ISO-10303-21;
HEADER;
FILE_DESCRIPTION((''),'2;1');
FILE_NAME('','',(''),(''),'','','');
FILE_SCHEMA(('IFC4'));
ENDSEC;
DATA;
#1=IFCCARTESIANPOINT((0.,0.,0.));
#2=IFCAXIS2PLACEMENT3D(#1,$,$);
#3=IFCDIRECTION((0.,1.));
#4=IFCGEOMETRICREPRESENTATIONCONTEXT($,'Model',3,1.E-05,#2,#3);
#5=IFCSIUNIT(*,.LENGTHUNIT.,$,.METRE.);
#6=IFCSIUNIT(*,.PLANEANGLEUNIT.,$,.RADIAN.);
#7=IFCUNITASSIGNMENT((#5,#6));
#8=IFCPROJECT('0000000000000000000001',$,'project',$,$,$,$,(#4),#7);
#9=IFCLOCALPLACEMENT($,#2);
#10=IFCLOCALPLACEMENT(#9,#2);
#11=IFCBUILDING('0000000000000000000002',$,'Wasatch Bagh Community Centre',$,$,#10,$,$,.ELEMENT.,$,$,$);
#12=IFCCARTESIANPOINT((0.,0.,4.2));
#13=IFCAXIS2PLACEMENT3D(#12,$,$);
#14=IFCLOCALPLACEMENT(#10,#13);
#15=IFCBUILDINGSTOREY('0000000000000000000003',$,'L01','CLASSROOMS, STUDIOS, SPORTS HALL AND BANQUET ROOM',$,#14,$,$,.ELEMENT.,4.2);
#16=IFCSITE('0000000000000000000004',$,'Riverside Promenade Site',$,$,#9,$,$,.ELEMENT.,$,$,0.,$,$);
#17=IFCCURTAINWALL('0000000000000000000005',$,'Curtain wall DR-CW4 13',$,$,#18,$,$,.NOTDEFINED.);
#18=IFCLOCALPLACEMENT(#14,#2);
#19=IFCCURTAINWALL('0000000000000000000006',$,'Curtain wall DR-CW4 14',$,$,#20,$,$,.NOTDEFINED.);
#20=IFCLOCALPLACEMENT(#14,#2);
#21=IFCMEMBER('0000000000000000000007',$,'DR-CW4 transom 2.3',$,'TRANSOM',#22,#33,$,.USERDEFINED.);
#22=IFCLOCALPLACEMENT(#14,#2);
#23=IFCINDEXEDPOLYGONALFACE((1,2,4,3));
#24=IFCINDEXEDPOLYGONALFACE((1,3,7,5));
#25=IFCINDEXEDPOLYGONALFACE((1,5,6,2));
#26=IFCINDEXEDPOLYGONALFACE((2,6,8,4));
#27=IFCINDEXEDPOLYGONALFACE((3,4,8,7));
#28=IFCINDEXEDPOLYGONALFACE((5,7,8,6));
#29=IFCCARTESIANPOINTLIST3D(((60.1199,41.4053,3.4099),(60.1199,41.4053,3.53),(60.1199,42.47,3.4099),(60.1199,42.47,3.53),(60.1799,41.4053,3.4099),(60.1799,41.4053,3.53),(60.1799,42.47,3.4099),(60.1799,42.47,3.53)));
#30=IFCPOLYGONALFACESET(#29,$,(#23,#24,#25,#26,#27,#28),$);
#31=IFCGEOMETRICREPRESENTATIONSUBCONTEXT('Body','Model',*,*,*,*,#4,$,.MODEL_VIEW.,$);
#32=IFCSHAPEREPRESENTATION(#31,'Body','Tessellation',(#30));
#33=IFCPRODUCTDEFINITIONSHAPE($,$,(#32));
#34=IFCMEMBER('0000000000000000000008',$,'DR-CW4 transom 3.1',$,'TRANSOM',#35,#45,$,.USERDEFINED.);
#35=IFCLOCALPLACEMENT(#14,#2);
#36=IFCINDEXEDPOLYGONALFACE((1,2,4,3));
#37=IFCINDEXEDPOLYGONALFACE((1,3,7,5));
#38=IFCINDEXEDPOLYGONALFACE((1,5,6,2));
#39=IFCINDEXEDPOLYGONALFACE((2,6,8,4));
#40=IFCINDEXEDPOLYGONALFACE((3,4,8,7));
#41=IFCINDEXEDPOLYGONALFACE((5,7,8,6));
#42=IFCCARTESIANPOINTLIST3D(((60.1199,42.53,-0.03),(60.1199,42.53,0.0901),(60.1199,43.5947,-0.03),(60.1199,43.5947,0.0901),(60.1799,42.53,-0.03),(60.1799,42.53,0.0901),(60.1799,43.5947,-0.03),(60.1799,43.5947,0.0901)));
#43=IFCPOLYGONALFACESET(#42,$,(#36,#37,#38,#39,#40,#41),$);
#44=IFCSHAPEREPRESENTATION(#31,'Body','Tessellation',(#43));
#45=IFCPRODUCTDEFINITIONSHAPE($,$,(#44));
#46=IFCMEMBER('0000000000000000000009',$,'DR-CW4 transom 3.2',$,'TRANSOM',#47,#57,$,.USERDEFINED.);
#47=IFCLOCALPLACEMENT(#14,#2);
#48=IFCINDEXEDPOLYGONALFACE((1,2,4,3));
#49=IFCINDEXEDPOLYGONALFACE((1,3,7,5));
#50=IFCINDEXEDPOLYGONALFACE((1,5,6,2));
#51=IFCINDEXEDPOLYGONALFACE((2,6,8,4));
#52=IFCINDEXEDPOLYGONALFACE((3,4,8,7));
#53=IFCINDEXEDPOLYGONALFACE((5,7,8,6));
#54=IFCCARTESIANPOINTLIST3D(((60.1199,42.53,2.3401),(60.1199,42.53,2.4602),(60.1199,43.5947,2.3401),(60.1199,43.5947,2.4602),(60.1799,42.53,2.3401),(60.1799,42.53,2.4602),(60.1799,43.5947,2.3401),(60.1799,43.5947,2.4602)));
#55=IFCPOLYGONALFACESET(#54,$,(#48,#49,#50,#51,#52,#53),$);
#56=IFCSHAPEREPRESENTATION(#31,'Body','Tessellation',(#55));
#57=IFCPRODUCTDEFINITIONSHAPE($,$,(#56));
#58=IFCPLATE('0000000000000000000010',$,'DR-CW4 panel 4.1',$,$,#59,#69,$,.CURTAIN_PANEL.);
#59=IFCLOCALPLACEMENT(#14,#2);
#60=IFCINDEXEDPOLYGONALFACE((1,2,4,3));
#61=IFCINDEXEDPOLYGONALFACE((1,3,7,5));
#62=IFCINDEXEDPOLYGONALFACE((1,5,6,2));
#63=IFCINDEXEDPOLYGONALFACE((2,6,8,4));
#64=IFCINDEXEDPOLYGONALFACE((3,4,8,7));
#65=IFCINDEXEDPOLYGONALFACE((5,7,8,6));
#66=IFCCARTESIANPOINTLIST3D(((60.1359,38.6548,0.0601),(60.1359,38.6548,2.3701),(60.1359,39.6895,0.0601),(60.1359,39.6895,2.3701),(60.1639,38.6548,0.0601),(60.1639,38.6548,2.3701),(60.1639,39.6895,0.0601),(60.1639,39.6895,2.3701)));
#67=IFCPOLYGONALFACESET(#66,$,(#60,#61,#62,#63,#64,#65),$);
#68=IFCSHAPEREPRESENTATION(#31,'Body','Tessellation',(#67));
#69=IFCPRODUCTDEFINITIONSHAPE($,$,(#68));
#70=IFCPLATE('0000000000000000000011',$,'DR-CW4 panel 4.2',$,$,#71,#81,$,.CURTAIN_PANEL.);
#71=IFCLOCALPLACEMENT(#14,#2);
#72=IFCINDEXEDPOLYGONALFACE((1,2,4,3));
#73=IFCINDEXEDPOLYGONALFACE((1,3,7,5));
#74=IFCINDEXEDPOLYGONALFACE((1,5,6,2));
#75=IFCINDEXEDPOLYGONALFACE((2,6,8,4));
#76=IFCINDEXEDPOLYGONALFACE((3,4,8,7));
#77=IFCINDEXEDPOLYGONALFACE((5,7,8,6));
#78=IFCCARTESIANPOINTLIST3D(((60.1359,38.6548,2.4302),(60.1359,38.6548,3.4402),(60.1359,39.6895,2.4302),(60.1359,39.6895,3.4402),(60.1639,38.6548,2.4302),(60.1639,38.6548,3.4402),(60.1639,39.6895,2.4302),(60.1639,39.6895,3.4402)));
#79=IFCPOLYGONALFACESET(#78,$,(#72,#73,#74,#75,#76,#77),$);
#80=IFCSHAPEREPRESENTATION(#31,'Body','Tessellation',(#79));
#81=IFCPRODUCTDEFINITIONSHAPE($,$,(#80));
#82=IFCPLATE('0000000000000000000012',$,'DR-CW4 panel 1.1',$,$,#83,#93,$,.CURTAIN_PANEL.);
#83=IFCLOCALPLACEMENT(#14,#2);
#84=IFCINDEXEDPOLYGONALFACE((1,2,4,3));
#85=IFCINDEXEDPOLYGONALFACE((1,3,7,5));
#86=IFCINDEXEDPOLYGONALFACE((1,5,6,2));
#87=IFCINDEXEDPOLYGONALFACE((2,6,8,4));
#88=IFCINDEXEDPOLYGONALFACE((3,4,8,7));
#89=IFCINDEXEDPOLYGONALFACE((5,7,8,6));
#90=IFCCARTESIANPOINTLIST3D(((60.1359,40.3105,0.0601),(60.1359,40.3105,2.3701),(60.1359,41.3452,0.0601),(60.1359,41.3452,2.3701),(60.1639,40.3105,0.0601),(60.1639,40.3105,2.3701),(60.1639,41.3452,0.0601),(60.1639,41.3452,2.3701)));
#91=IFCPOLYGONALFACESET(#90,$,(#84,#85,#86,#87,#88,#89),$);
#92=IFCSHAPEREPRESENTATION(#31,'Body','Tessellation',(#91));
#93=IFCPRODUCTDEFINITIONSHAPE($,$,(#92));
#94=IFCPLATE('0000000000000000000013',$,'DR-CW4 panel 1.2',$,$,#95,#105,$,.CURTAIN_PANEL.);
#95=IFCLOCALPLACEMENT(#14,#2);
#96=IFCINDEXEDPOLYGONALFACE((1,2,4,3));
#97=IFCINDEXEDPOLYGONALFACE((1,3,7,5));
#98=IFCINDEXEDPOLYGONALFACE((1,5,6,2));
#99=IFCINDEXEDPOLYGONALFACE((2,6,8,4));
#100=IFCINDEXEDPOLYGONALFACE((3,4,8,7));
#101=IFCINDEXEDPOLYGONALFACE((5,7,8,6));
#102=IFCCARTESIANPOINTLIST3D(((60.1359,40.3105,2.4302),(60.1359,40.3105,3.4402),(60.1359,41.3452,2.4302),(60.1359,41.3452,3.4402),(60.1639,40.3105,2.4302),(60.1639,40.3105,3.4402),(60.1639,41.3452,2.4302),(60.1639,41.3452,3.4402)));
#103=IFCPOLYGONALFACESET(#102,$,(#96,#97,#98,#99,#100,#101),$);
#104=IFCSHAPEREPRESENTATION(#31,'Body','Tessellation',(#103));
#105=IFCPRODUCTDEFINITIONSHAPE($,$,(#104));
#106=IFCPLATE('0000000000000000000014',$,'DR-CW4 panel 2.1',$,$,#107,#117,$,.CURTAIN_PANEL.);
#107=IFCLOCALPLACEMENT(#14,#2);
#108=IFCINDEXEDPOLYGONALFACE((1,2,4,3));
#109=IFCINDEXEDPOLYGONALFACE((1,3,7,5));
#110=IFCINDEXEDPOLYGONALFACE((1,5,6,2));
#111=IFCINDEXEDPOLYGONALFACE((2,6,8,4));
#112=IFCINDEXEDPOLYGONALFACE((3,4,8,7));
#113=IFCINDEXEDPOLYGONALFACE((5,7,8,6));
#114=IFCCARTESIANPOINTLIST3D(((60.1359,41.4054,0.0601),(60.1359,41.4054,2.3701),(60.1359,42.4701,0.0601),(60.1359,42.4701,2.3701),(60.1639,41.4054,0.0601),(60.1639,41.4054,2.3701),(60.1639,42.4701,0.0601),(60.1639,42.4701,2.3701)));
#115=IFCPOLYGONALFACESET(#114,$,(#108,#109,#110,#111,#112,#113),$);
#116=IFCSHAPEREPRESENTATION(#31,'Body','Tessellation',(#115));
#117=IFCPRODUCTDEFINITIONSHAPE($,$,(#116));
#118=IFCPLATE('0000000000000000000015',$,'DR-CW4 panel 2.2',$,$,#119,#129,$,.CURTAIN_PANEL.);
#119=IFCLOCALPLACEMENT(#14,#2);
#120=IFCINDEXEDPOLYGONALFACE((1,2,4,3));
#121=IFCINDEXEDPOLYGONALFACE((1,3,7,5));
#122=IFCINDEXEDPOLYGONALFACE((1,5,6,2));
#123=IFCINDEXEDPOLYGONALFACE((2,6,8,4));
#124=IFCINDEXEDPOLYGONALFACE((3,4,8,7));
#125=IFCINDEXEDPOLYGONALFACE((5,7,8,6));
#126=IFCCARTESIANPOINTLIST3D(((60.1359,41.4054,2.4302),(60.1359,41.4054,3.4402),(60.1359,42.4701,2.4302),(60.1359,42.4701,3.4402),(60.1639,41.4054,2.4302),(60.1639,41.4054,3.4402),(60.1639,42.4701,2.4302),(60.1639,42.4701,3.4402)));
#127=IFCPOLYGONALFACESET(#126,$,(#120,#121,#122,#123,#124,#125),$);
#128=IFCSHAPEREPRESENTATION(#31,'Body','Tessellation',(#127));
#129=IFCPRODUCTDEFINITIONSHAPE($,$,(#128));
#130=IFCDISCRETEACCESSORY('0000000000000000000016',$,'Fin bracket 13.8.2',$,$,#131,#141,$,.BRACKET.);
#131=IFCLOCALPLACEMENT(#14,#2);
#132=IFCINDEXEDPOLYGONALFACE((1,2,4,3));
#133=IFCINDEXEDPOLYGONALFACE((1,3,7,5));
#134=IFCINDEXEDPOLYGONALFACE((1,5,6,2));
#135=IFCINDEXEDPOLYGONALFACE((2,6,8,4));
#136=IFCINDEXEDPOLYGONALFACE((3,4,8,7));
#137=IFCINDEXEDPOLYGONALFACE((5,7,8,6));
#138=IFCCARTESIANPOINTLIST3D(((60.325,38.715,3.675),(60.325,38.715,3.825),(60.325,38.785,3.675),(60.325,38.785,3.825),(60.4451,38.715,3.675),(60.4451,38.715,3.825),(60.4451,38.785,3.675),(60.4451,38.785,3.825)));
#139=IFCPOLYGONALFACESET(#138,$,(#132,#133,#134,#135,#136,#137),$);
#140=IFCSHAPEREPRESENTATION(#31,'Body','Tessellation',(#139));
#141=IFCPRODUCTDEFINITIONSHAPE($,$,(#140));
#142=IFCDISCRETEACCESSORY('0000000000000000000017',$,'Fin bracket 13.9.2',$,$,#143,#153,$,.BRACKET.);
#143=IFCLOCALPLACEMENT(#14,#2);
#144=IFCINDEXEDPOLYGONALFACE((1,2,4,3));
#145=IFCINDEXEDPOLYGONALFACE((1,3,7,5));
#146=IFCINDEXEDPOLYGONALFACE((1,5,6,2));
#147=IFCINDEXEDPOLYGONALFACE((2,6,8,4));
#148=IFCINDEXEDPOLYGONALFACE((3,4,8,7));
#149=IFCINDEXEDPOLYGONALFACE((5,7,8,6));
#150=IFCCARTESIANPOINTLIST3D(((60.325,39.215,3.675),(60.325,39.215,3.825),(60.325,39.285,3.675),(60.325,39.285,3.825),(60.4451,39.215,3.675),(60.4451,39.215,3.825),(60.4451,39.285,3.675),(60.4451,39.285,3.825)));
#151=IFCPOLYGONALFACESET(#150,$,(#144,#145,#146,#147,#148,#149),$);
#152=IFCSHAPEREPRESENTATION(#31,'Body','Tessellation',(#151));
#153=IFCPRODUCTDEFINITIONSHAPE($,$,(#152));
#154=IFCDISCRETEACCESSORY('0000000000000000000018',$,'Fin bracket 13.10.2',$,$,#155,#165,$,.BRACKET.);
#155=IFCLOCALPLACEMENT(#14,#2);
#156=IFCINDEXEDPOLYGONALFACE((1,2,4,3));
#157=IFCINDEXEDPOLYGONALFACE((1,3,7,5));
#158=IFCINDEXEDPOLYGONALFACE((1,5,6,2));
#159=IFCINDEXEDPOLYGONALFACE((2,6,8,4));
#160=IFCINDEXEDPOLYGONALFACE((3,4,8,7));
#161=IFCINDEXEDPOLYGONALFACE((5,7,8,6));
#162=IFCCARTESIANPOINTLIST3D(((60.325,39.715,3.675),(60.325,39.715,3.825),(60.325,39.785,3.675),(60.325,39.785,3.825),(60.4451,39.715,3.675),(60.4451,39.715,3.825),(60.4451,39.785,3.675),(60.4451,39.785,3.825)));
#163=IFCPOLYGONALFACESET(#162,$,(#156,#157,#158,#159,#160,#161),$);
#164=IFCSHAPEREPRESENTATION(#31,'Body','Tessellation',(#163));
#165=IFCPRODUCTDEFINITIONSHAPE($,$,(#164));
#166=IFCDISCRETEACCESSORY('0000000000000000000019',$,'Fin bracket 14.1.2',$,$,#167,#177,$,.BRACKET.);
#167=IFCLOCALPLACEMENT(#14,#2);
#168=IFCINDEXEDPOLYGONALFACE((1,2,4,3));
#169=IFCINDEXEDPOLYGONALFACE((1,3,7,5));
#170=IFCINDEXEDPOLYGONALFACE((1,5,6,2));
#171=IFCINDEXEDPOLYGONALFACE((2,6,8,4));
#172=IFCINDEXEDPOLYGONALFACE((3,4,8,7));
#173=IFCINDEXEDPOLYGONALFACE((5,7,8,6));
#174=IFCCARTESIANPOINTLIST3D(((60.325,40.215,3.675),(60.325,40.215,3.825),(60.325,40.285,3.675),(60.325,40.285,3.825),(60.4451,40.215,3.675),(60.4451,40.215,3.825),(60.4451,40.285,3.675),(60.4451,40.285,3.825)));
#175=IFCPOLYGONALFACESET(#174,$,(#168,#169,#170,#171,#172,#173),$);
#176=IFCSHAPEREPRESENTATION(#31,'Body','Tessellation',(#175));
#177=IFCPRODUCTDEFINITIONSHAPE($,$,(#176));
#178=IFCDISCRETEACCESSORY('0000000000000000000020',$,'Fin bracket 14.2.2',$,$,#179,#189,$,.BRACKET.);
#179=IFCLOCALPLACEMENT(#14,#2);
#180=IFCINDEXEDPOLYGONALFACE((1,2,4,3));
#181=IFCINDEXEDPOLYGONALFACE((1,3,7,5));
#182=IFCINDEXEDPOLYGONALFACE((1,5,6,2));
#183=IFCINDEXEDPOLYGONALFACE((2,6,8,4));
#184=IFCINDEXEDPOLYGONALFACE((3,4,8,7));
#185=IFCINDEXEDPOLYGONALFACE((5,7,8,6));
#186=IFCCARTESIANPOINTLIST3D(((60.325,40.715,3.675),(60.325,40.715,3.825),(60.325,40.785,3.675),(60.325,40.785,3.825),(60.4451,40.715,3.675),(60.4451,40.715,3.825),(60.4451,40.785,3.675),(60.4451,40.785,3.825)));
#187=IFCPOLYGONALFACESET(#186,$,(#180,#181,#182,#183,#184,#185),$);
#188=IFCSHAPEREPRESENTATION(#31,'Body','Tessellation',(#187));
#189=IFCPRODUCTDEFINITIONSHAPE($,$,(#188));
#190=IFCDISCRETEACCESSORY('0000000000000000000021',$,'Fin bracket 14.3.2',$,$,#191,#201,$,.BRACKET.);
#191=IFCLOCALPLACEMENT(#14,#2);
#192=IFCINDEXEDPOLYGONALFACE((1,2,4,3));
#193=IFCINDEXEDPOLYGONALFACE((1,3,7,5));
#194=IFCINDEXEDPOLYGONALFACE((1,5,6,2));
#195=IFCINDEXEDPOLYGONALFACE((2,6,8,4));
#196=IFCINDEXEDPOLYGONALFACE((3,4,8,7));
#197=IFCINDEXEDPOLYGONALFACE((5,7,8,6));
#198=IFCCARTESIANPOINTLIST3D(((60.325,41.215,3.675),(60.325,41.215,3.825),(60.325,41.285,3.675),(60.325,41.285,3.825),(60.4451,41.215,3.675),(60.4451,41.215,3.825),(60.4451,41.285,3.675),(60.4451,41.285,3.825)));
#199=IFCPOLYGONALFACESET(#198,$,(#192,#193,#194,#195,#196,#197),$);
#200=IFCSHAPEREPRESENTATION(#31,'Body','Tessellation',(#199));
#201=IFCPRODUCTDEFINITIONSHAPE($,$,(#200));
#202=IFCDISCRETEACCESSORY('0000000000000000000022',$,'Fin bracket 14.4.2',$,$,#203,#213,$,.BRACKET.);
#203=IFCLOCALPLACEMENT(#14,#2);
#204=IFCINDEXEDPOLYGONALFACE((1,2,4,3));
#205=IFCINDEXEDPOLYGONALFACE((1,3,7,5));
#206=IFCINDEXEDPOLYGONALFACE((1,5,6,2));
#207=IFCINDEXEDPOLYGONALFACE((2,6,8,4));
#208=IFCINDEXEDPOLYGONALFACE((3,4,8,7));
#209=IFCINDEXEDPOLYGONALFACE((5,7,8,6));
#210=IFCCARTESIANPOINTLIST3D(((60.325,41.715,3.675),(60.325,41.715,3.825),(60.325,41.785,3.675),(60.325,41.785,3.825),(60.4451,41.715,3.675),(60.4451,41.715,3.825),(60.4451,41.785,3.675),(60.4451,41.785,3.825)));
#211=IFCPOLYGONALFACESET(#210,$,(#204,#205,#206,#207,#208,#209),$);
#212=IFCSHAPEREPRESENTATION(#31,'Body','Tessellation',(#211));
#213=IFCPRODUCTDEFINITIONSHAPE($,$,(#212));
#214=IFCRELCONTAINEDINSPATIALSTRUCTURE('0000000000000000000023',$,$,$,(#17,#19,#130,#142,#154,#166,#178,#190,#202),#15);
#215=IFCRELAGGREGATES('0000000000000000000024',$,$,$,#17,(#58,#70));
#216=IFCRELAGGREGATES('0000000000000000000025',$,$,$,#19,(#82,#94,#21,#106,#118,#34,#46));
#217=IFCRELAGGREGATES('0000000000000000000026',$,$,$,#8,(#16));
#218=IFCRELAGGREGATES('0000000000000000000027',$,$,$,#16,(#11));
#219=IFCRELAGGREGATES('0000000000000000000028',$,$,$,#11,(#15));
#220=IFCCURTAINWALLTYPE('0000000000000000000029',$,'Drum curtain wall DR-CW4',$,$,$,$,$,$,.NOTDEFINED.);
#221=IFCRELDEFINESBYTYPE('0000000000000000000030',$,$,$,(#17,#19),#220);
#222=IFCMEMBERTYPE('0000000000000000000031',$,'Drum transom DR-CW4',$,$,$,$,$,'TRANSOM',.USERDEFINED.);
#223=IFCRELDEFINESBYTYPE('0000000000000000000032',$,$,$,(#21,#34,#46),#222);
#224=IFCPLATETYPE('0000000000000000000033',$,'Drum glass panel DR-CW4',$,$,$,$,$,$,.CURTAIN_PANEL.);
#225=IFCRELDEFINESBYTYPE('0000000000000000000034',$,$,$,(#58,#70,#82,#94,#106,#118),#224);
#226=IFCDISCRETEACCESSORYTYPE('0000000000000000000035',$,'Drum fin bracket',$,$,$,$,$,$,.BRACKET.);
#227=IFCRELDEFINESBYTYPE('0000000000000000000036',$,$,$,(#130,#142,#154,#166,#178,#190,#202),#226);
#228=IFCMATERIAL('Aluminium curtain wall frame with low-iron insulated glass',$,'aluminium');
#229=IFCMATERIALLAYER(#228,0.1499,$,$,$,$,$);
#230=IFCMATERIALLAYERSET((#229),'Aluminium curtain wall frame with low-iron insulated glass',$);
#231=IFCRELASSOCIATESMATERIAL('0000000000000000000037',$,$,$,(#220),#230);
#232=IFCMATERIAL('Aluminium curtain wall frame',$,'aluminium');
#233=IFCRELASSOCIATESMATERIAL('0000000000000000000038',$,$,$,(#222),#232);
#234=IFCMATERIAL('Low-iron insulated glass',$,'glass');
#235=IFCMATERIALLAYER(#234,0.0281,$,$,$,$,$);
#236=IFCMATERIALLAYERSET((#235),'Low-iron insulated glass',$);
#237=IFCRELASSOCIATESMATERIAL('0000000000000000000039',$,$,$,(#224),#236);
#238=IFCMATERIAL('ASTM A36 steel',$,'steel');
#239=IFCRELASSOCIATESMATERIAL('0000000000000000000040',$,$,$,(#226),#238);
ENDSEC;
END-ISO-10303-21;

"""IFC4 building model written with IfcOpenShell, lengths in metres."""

from ifc_helpers import new_model, si_unit, direction, frame, origin, origin_2d, place, context, subcontext, project, spatial, rectangle, extrude, material, layer, layer_set, material_profile, profile_set, type_object, element, aggregate, save


model = new_model("IFC4")

# Units and contexts
model_context = context("Model", 3, precision=1e-05, world=origin(), true_north=direction((0.0, 1.0)))
body_context = subcontext(model_context, "Body", "Model", "MODEL_VIEW")
ifc_project = project(units=[si_unit("LENGTHUNIT", "METRE"), si_unit("PLANEANGLEUNIT", "RADIAN")], contexts=[model_context])

# Site, building, storey
site_placement = place(None, origin())
site = spatial("IfcSite", under=ifc_project, at=site_placement, Name="Riverside Promenade Site", CompositionType="ELEMENT", RefElevation=0.0)
building_placement = place(site_placement, origin())
building = spatial("IfcBuilding", under=site, at=building_placement, Name="Wasatch Bagh Community Centre", CompositionType="ELEMENT")
storey_placement = place(building_placement, frame((0.0, 0.0, 4.2)))
storey = spatial("IfcBuildingStorey", under=building, at=storey_placement, Name="L01", Description="CLASSROOMS, STUDIOS, SPORTS HALL AND BANQUET ROOM", CompositionType="ELEMENT", Elevation=4.2)

# Curtain wall
ifc_material_1 = material(Name="Aluminium curtain wall frame with low-iron insulated glass", Category="aluminium")
ifc_layer_1 = layer(ifc_material_1, 0.1499)
ifc_layer_set_1 = layer_set([ifc_layer_1], Name="Aluminium curtain wall frame with low-iron insulated glass")
curtain_wall_type = type_object("IfcCurtainWallType", Name="Drum curtain wall DR-CW4", PredefinedType="NOTDEFINED", material=ifc_layer_set_1)
curtain_wall_1_placement = place(storey_placement, origin())
curtain_wall_1 = element("IfcCurtainWall", 1, at=curtain_wall_1_placement, inside=storey, type_object=curtain_wall_type, Name="Curtain wall DR-CW4 13", PredefinedType="NOTDEFINED")
ifc_material_2 = material(Name="Aluminium curtain wall frame", Category="aluminium")

# Curtain wall
curtain_wall_2_placement = place(storey_placement, origin())
curtain_wall_2 = element("IfcCurtainWall", 2, at=curtain_wall_2_placement, inside=storey, type_object=curtain_wall_type, Name="Curtain wall DR-CW4 14", PredefinedType="NOTDEFINED")

# Members
ifc_material_profile_1 = material_profile(ifc_material_2, rectangle(XDim=0.0601, YDim=0.1201, at=origin_2d()), Name="Drum transom DR-CW4")
ifc_profile_set_1 = profile_set([ifc_material_profile_1], Name="Aluminium curtain wall frame")
member_type_1 = type_object("IfcMemberType", Name="Drum transom DR-CW4", ElementType="TRANSOM", PredefinedType="USERDEFINED", material=ifc_profile_set_1)
member_1_placement = place(storey_placement, frame((60.1499, 41.4053, 3.47), z_axis=(0.0, 1.0, 0.0), x_axis=(-1.0, 0.0, 0.0)))
member_1 = element("IfcMember", 3, at=member_1_placement, type_object=member_type_1, Name="DR-CW4 transom 2.3", ObjectType="TRANSOM", PredefinedType="USERDEFINED", context=body_context, shape_type="SweptSolid", body=[
    extrude(rectangle(XDim=0.0601, YDim=0.1201, at=origin_2d()), origin(), (0.0, 0.0, 1.0), 1.0647),
])
member_2_placement = place(storey_placement, frame((60.1499, 42.53, 0.03), z_axis=(0.0, 1.0, 0.0), x_axis=(-1.0, 0.0, 0.0)))
member_2 = element("IfcMember", 4, at=member_2_placement, type_object=member_type_1, Name="DR-CW4 transom 3.1", ObjectType="TRANSOM", PredefinedType="USERDEFINED", context=body_context, shape_type="SweptSolid", body=[
    extrude(rectangle(XDim=0.0601, YDim=0.1201, at=origin_2d()), origin(), (0.0, 0.0, 1.0), 1.0647),
])
member_3_placement = place(storey_placement, frame((60.1499, 42.53, 2.4001), z_axis=(0.0, 1.0, 0.0), x_axis=(-1.0, 0.0, 0.0)))
member_3 = element("IfcMember", 5, at=member_3_placement, type_object=member_type_1, Name="DR-CW4 transom 3.2", ObjectType="TRANSOM", PredefinedType="USERDEFINED", context=body_context, shape_type="SweptSolid", body=[
    extrude(rectangle(XDim=0.0601, YDim=0.1201, at=origin_2d()), origin(), (0.0, 0.0, 1.0), 1.0647),
])

# Plates
ifc_material_3 = material(Name="Low-iron insulated glass", Category="glass")
ifc_layer_2 = layer(ifc_material_3, 0.0281)
ifc_layer_set_2 = layer_set([ifc_layer_2], Name="Low-iron insulated glass")
plate_type = type_object("IfcPlateType", Name="Drum glass panel DR-CW4", PredefinedType="CURTAIN_PANEL", material=ifc_layer_set_2)
plate_1_placement = place(storey_placement, frame((60.1499, 39.1721, 0.0601), z_axis=(0.0, 0.0, 1.0), x_axis=(0.0, 1.0, 0.0)))
plate_1 = element("IfcPlate", 6, at=plate_1_placement, type_object=plate_type, Name="DR-CW4 panel 4.1", PredefinedType="CURTAIN_PANEL", context=body_context, shape_type="SweptSolid", body=[
    extrude(rectangle(XDim=1.0347, YDim=0.0281, at=origin_2d()), origin(), (0.0, 0.0, 1.0), 2.3101),
])
plate_2_placement = place(storey_placement, frame((60.1499, 39.1721, 2.4302), z_axis=(0.0, 0.0, 1.0), x_axis=(0.0, 1.0, 0.0)))
plate_2 = element("IfcPlate", 7, at=plate_2_placement, type_object=plate_type, Name="DR-CW4 panel 4.2", PredefinedType="CURTAIN_PANEL", context=body_context, shape_type="SweptSolid", body=[
    extrude(rectangle(XDim=1.0347, YDim=0.0281, at=origin_2d()), origin(), (0.0, 0.0, 1.0), 1.01),
])
aggregate(curtain_wall_1, [plate_1, plate_2])
plate_3_placement = place(storey_placement, frame((60.1499, 40.8279, 0.0601), z_axis=(0.0, 0.0, 1.0), x_axis=(0.0, 1.0, 0.0)))
plate_3 = element("IfcPlate", 8, at=plate_3_placement, type_object=plate_type, Name="DR-CW4 panel 1.1", PredefinedType="CURTAIN_PANEL", context=body_context, shape_type="SweptSolid", body=[
    extrude(rectangle(XDim=1.0347, YDim=0.0281, at=origin_2d()), origin(), (0.0, 0.0, 1.0), 2.3101),
])
plate_4_placement = place(storey_placement, frame((60.1499, 40.8279, 2.4302), z_axis=(0.0, 0.0, 1.0), x_axis=(0.0, 1.0, 0.0)))
plate_4 = element("IfcPlate", 9, at=plate_4_placement, type_object=plate_type, Name="DR-CW4 panel 1.2", PredefinedType="CURTAIN_PANEL", context=body_context, shape_type="SweptSolid", body=[
    extrude(rectangle(XDim=1.0347, YDim=0.0281, at=origin_2d()), origin(), (0.0, 0.0, 1.0), 1.01),
])
plate_5_placement = place(storey_placement, frame((60.1499, 41.9377, 0.0601), z_axis=(0.0, 0.0, 1.0), x_axis=(0.0, 1.0, 0.0)))
plate_5 = element("IfcPlate", 10, at=plate_5_placement, type_object=plate_type, Name="DR-CW4 panel 2.1", PredefinedType="CURTAIN_PANEL", context=body_context, shape_type="SweptSolid", body=[
    extrude(rectangle(XDim=1.0647, YDim=0.0281, at=origin_2d()), origin(), (0.0, 0.0, 1.0), 2.3101),
])
plate_6_placement = place(storey_placement, frame((60.1499, 41.9377, 2.4302), z_axis=(0.0, 0.0, 1.0), x_axis=(0.0, 1.0, 0.0)))
plate_6 = element("IfcPlate", 11, at=plate_6_placement, type_object=plate_type, Name="DR-CW4 panel 2.2", PredefinedType="CURTAIN_PANEL", context=body_context, shape_type="SweptSolid", body=[
    extrude(rectangle(XDim=1.0647, YDim=0.0281, at=origin_2d()), origin(), (0.0, 0.0, 1.0), 1.01),
])
aggregate(curtain_wall_2, [plate_3, plate_4, member_1, plate_5, plate_6, member_2, member_3])

# Discrete accessories
ifc_material_4 = material(Name="ASTM A36 steel", Category="steel")
discrete_accessory_type = type_object("IfcDiscreteAccessoryType", Name="Drum fin bracket", PredefinedType="BRACKET", material=ifc_material_4)
for number, where, z_axis, x_axis, name in (
    (12, (60.385, 38.75, 3.675), (0.0, 0.0, 1.0), (0.0, 1.0, 0.0), "Fin bracket 13.8.2"),
    (13, (60.385, 39.25, 3.675), (0.0, 0.0, 1.0), (0.0, 1.0, 0.0), "Fin bracket 13.9.2"),
    (14, (60.385, 39.75, 3.675), (0.0, 0.0, 1.0), (0.0, 1.0, 0.0), "Fin bracket 13.10.2"),
    (15, (60.385, 40.25, 3.675), (0.0, 0.0, 1.0), (0.0, 1.0, 0.0), "Fin bracket 14.1.2"),
    (16, (60.385, 40.75, 3.675), (0.0, 0.0, 1.0), (0.0, 1.0, 0.0), "Fin bracket 14.2.2"),
    (17, (60.385, 41.25, 3.675), (0.0, 0.0, 1.0), (0.0, 1.0, 0.0), "Fin bracket 14.3.2"),
    (18, (60.385, 41.75, 3.675), (0.0, 0.0, 1.0), (0.0, 1.0, 0.0), "Fin bracket 14.4.2"),
):
    element("IfcDiscreteAccessory", number, at=place(storey_placement, frame(where, z_axis=z_axis, x_axis=x_axis)), inside=storey, type_object=discrete_accessory_type, Name=name, PredefinedType="BRACKET", context=body_context, shape_type="SweptSolid", body=[
        extrude(rectangle(XDim=0.0701, YDim=0.1201, at=origin_2d()), origin(), (0.0, 0.0, 1.0), 0.1499),
    ])

save(model, "model.ifc")
